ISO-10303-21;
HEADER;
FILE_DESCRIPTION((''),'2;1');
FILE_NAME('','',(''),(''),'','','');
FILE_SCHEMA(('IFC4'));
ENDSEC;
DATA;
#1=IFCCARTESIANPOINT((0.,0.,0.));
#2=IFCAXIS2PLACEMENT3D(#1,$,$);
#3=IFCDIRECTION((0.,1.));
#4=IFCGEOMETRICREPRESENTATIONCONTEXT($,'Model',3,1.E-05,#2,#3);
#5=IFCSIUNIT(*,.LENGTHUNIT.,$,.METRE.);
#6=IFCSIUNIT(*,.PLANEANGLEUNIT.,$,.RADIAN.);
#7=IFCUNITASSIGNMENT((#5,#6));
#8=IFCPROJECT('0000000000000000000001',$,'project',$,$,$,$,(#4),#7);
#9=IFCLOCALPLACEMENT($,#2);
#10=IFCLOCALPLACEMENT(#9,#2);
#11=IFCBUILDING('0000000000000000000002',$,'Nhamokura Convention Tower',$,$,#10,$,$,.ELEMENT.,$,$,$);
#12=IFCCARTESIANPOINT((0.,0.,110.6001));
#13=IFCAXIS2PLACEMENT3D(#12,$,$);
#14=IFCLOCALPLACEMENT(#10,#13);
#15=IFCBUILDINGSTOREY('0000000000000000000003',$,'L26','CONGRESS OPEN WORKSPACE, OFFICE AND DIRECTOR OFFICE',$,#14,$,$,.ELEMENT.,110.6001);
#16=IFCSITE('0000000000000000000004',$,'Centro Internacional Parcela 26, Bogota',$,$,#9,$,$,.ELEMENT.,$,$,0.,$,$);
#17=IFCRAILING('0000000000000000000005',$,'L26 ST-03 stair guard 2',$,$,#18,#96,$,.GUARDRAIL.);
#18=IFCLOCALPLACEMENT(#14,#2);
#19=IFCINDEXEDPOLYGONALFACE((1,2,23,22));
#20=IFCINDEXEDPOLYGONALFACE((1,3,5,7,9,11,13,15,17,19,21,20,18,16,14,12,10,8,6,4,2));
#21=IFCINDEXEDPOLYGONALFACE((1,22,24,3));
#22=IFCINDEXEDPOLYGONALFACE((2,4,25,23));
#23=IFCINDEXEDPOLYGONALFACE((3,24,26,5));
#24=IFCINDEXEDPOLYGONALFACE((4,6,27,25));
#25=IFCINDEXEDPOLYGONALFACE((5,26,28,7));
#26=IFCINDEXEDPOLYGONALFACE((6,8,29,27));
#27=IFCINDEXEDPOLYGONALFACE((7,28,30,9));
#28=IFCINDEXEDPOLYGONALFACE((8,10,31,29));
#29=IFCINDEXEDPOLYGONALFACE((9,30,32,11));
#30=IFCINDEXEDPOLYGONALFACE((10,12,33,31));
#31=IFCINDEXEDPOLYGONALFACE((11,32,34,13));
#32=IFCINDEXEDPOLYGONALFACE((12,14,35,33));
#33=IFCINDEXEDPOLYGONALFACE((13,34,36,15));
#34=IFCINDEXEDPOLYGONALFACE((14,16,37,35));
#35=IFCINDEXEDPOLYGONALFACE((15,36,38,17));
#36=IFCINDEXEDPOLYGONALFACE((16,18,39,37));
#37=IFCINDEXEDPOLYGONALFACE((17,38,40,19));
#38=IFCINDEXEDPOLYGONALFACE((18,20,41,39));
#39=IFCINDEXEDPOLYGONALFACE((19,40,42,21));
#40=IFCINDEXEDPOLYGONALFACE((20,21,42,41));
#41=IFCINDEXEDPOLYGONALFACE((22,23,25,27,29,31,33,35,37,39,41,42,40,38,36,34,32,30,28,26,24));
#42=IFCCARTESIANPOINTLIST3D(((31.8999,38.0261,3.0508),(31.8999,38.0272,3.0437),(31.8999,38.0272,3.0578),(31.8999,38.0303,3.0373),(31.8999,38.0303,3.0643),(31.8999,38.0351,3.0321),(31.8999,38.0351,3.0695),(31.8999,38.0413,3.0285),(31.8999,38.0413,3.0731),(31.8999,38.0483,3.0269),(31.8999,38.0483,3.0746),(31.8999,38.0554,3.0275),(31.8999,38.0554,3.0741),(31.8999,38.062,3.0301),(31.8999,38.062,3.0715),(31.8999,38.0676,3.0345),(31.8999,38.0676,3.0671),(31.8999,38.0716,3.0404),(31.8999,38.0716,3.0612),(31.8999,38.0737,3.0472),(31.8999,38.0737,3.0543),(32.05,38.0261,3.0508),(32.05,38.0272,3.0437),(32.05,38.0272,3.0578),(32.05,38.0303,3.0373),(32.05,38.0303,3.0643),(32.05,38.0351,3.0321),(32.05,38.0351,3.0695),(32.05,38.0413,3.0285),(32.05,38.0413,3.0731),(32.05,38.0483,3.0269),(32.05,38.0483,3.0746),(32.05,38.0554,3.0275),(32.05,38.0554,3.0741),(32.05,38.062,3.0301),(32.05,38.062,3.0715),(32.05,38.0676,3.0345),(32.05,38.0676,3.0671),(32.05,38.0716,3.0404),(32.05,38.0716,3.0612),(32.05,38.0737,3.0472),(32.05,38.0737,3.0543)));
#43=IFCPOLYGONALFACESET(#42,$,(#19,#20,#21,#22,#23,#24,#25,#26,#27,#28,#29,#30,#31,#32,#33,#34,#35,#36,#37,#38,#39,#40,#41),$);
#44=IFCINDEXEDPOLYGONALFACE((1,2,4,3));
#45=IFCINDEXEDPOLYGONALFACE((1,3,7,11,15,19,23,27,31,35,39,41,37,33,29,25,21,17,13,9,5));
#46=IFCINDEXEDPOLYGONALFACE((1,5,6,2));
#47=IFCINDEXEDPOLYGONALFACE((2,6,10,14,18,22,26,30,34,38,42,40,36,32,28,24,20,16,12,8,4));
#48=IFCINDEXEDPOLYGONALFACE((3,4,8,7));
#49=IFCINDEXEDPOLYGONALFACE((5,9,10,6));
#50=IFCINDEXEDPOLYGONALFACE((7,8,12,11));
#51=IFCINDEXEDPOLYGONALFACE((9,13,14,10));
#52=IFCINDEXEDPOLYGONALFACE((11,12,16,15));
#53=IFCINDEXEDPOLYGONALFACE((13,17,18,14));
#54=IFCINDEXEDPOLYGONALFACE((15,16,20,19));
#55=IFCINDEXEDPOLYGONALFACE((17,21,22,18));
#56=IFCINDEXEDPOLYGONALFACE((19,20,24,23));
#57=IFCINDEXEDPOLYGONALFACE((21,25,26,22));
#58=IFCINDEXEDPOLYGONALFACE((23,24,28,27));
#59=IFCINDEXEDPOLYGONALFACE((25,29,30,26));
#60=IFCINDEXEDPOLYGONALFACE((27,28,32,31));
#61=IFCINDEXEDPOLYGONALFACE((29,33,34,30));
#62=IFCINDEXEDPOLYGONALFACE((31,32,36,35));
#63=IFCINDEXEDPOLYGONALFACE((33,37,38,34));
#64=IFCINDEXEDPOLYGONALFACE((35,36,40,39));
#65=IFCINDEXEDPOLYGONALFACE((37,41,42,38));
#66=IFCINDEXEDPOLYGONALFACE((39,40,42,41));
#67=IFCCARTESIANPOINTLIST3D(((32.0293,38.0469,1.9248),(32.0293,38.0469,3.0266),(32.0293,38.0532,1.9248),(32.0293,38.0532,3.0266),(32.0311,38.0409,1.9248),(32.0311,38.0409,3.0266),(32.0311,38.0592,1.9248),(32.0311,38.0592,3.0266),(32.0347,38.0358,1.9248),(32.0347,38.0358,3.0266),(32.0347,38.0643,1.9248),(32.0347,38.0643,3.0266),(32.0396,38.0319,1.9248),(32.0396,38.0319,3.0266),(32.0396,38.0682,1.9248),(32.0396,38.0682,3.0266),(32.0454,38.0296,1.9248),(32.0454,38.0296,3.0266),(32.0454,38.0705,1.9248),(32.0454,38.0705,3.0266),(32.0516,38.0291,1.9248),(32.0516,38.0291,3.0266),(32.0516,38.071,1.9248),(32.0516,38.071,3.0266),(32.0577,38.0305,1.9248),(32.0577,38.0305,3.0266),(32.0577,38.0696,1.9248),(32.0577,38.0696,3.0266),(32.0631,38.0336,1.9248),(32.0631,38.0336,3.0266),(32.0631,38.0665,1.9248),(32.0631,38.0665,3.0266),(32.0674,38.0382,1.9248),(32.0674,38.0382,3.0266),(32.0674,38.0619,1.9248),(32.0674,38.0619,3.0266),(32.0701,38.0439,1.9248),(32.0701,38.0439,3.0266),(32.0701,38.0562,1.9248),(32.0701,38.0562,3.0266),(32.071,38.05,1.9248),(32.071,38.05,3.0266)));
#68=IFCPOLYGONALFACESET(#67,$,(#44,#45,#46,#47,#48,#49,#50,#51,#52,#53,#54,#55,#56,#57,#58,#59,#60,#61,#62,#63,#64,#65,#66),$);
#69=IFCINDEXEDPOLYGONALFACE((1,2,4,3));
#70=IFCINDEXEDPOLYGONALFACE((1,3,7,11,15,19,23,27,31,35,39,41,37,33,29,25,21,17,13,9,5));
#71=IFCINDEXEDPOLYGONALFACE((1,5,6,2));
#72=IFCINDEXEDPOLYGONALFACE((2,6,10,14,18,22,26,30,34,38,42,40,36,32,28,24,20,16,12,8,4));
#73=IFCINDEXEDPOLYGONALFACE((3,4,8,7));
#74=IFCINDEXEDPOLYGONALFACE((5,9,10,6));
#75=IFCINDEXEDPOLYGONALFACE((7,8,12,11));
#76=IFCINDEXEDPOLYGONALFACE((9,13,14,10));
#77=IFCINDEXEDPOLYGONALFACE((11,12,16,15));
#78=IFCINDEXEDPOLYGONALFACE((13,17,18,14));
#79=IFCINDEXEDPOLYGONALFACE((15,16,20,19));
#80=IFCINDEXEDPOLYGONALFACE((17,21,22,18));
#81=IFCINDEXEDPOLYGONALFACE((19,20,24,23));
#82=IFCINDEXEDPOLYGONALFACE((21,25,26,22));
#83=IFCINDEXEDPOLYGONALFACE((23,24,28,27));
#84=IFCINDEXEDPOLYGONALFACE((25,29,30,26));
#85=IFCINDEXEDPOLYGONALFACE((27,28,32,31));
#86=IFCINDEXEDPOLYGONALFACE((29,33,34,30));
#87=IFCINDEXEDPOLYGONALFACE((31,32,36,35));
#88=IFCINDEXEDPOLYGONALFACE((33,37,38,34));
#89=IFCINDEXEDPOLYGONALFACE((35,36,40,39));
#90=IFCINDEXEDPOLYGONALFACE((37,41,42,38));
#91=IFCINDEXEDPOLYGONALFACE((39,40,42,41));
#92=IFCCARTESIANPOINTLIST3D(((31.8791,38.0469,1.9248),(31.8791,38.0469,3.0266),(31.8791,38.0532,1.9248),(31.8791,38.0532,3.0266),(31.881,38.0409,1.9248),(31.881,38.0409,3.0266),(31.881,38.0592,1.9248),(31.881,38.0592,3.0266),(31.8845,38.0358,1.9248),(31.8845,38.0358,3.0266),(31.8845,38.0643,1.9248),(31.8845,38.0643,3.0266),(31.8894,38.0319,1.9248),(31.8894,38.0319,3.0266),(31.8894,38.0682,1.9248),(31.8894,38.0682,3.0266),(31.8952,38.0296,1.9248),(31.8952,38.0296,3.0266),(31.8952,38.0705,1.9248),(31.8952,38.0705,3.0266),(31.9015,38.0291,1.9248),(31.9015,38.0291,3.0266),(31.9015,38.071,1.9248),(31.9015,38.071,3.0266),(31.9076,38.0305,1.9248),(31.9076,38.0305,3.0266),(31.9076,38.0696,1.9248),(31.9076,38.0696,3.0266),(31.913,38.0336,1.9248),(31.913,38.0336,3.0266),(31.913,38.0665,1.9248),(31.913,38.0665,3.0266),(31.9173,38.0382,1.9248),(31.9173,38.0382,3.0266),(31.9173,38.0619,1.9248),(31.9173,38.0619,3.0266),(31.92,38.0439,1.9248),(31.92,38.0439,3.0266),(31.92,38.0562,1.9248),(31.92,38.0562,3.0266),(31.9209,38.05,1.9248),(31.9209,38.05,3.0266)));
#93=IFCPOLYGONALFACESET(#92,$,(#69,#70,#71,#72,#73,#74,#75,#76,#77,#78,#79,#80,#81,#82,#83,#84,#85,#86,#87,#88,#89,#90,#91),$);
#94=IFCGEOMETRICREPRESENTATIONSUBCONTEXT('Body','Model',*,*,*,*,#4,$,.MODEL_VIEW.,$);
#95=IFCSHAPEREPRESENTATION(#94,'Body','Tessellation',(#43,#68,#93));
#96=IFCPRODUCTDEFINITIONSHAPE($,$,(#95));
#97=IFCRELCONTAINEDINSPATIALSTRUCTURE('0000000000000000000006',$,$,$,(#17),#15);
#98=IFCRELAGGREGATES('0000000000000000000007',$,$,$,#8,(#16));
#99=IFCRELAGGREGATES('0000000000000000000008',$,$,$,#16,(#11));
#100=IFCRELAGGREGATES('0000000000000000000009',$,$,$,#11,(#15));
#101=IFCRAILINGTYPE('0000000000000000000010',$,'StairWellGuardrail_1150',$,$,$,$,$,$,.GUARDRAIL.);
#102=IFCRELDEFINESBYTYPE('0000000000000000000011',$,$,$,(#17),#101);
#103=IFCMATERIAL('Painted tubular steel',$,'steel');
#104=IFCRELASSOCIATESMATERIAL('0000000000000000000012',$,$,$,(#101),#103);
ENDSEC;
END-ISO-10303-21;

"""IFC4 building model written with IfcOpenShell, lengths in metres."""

from ifc_helpers import new_model, si_unit, direction, frame, origin, origin_2d, place, context, subcontext, project, spatial, circle, extrude, material, type_object, element, save


model = new_model("IFC4")

# Units and contexts
model_context = context("Model", 3, precision=1e-05, world=origin(), true_north=direction((0.0, 1.0)))
body_context = subcontext(model_context, "Body", "Model", "MODEL_VIEW")
ifc_project = project(units=[si_unit("LENGTHUNIT", "METRE"), si_unit("PLANEANGLEUNIT", "RADIAN")], contexts=[model_context])

# Site, building, storey
site_placement = place(None, origin())
site = spatial("IfcSite", under=ifc_project, at=site_placement, Name="Centro Internacional Parcela 26, Bogota", CompositionType="ELEMENT", RefElevation=0.0)
building_placement = place(site_placement, origin())
building = spatial("IfcBuilding", under=site, at=building_placement, Name="Nhamokura Convention Tower", CompositionType="ELEMENT")
storey_placement = place(building_placement, frame((0.0, 0.0, 110.6001)))
storey = spatial("IfcBuildingStorey", under=building, at=storey_placement, Name="L26", Description="CONGRESS OPEN WORKSPACE, OFFICE AND DIRECTOR OFFICE", CompositionType="ELEMENT", Elevation=110.6001)

# Railing
ifc_material_1 = material(Name="Painted tubular steel", Category="steel")
railing_type = type_object("IfcRailingType", Name="StairWellGuardrail_1150", PredefinedType="GUARDRAIL", material=ifc_material_1)
railing_placement = place(storey_placement, frame((32.05, 38.05, 1.9248)))
element("IfcRailing", 1, at=railing_placement, inside=storey, type_object=railing_type, Name="L26 ST-03 stair guard 2", PredefinedType="GUARDRAIL", context=body_context, shape_type="SweptSolid", body=[
    extrude(circle(Radius=0.0239, at=origin_2d()), frame((0.0, 0.0, 1.126), z_axis=(-1.0, 0.0, 0.0), x_axis=(0.0, -1.0, 0.0)), (0.0, 0.0, 1.0), 0.1501),
    extrude(circle(Radius=0.021, at=origin_2d()), origin(), (0.0, 0.0, 1.0), 1.1018),
    extrude(circle(Radius=0.021, at=origin_2d()), frame((-0.1501, 0.0, 0.0)), (0.0, 0.0, 1.0), 1.1018),
])

save(model, "model.ifc")
